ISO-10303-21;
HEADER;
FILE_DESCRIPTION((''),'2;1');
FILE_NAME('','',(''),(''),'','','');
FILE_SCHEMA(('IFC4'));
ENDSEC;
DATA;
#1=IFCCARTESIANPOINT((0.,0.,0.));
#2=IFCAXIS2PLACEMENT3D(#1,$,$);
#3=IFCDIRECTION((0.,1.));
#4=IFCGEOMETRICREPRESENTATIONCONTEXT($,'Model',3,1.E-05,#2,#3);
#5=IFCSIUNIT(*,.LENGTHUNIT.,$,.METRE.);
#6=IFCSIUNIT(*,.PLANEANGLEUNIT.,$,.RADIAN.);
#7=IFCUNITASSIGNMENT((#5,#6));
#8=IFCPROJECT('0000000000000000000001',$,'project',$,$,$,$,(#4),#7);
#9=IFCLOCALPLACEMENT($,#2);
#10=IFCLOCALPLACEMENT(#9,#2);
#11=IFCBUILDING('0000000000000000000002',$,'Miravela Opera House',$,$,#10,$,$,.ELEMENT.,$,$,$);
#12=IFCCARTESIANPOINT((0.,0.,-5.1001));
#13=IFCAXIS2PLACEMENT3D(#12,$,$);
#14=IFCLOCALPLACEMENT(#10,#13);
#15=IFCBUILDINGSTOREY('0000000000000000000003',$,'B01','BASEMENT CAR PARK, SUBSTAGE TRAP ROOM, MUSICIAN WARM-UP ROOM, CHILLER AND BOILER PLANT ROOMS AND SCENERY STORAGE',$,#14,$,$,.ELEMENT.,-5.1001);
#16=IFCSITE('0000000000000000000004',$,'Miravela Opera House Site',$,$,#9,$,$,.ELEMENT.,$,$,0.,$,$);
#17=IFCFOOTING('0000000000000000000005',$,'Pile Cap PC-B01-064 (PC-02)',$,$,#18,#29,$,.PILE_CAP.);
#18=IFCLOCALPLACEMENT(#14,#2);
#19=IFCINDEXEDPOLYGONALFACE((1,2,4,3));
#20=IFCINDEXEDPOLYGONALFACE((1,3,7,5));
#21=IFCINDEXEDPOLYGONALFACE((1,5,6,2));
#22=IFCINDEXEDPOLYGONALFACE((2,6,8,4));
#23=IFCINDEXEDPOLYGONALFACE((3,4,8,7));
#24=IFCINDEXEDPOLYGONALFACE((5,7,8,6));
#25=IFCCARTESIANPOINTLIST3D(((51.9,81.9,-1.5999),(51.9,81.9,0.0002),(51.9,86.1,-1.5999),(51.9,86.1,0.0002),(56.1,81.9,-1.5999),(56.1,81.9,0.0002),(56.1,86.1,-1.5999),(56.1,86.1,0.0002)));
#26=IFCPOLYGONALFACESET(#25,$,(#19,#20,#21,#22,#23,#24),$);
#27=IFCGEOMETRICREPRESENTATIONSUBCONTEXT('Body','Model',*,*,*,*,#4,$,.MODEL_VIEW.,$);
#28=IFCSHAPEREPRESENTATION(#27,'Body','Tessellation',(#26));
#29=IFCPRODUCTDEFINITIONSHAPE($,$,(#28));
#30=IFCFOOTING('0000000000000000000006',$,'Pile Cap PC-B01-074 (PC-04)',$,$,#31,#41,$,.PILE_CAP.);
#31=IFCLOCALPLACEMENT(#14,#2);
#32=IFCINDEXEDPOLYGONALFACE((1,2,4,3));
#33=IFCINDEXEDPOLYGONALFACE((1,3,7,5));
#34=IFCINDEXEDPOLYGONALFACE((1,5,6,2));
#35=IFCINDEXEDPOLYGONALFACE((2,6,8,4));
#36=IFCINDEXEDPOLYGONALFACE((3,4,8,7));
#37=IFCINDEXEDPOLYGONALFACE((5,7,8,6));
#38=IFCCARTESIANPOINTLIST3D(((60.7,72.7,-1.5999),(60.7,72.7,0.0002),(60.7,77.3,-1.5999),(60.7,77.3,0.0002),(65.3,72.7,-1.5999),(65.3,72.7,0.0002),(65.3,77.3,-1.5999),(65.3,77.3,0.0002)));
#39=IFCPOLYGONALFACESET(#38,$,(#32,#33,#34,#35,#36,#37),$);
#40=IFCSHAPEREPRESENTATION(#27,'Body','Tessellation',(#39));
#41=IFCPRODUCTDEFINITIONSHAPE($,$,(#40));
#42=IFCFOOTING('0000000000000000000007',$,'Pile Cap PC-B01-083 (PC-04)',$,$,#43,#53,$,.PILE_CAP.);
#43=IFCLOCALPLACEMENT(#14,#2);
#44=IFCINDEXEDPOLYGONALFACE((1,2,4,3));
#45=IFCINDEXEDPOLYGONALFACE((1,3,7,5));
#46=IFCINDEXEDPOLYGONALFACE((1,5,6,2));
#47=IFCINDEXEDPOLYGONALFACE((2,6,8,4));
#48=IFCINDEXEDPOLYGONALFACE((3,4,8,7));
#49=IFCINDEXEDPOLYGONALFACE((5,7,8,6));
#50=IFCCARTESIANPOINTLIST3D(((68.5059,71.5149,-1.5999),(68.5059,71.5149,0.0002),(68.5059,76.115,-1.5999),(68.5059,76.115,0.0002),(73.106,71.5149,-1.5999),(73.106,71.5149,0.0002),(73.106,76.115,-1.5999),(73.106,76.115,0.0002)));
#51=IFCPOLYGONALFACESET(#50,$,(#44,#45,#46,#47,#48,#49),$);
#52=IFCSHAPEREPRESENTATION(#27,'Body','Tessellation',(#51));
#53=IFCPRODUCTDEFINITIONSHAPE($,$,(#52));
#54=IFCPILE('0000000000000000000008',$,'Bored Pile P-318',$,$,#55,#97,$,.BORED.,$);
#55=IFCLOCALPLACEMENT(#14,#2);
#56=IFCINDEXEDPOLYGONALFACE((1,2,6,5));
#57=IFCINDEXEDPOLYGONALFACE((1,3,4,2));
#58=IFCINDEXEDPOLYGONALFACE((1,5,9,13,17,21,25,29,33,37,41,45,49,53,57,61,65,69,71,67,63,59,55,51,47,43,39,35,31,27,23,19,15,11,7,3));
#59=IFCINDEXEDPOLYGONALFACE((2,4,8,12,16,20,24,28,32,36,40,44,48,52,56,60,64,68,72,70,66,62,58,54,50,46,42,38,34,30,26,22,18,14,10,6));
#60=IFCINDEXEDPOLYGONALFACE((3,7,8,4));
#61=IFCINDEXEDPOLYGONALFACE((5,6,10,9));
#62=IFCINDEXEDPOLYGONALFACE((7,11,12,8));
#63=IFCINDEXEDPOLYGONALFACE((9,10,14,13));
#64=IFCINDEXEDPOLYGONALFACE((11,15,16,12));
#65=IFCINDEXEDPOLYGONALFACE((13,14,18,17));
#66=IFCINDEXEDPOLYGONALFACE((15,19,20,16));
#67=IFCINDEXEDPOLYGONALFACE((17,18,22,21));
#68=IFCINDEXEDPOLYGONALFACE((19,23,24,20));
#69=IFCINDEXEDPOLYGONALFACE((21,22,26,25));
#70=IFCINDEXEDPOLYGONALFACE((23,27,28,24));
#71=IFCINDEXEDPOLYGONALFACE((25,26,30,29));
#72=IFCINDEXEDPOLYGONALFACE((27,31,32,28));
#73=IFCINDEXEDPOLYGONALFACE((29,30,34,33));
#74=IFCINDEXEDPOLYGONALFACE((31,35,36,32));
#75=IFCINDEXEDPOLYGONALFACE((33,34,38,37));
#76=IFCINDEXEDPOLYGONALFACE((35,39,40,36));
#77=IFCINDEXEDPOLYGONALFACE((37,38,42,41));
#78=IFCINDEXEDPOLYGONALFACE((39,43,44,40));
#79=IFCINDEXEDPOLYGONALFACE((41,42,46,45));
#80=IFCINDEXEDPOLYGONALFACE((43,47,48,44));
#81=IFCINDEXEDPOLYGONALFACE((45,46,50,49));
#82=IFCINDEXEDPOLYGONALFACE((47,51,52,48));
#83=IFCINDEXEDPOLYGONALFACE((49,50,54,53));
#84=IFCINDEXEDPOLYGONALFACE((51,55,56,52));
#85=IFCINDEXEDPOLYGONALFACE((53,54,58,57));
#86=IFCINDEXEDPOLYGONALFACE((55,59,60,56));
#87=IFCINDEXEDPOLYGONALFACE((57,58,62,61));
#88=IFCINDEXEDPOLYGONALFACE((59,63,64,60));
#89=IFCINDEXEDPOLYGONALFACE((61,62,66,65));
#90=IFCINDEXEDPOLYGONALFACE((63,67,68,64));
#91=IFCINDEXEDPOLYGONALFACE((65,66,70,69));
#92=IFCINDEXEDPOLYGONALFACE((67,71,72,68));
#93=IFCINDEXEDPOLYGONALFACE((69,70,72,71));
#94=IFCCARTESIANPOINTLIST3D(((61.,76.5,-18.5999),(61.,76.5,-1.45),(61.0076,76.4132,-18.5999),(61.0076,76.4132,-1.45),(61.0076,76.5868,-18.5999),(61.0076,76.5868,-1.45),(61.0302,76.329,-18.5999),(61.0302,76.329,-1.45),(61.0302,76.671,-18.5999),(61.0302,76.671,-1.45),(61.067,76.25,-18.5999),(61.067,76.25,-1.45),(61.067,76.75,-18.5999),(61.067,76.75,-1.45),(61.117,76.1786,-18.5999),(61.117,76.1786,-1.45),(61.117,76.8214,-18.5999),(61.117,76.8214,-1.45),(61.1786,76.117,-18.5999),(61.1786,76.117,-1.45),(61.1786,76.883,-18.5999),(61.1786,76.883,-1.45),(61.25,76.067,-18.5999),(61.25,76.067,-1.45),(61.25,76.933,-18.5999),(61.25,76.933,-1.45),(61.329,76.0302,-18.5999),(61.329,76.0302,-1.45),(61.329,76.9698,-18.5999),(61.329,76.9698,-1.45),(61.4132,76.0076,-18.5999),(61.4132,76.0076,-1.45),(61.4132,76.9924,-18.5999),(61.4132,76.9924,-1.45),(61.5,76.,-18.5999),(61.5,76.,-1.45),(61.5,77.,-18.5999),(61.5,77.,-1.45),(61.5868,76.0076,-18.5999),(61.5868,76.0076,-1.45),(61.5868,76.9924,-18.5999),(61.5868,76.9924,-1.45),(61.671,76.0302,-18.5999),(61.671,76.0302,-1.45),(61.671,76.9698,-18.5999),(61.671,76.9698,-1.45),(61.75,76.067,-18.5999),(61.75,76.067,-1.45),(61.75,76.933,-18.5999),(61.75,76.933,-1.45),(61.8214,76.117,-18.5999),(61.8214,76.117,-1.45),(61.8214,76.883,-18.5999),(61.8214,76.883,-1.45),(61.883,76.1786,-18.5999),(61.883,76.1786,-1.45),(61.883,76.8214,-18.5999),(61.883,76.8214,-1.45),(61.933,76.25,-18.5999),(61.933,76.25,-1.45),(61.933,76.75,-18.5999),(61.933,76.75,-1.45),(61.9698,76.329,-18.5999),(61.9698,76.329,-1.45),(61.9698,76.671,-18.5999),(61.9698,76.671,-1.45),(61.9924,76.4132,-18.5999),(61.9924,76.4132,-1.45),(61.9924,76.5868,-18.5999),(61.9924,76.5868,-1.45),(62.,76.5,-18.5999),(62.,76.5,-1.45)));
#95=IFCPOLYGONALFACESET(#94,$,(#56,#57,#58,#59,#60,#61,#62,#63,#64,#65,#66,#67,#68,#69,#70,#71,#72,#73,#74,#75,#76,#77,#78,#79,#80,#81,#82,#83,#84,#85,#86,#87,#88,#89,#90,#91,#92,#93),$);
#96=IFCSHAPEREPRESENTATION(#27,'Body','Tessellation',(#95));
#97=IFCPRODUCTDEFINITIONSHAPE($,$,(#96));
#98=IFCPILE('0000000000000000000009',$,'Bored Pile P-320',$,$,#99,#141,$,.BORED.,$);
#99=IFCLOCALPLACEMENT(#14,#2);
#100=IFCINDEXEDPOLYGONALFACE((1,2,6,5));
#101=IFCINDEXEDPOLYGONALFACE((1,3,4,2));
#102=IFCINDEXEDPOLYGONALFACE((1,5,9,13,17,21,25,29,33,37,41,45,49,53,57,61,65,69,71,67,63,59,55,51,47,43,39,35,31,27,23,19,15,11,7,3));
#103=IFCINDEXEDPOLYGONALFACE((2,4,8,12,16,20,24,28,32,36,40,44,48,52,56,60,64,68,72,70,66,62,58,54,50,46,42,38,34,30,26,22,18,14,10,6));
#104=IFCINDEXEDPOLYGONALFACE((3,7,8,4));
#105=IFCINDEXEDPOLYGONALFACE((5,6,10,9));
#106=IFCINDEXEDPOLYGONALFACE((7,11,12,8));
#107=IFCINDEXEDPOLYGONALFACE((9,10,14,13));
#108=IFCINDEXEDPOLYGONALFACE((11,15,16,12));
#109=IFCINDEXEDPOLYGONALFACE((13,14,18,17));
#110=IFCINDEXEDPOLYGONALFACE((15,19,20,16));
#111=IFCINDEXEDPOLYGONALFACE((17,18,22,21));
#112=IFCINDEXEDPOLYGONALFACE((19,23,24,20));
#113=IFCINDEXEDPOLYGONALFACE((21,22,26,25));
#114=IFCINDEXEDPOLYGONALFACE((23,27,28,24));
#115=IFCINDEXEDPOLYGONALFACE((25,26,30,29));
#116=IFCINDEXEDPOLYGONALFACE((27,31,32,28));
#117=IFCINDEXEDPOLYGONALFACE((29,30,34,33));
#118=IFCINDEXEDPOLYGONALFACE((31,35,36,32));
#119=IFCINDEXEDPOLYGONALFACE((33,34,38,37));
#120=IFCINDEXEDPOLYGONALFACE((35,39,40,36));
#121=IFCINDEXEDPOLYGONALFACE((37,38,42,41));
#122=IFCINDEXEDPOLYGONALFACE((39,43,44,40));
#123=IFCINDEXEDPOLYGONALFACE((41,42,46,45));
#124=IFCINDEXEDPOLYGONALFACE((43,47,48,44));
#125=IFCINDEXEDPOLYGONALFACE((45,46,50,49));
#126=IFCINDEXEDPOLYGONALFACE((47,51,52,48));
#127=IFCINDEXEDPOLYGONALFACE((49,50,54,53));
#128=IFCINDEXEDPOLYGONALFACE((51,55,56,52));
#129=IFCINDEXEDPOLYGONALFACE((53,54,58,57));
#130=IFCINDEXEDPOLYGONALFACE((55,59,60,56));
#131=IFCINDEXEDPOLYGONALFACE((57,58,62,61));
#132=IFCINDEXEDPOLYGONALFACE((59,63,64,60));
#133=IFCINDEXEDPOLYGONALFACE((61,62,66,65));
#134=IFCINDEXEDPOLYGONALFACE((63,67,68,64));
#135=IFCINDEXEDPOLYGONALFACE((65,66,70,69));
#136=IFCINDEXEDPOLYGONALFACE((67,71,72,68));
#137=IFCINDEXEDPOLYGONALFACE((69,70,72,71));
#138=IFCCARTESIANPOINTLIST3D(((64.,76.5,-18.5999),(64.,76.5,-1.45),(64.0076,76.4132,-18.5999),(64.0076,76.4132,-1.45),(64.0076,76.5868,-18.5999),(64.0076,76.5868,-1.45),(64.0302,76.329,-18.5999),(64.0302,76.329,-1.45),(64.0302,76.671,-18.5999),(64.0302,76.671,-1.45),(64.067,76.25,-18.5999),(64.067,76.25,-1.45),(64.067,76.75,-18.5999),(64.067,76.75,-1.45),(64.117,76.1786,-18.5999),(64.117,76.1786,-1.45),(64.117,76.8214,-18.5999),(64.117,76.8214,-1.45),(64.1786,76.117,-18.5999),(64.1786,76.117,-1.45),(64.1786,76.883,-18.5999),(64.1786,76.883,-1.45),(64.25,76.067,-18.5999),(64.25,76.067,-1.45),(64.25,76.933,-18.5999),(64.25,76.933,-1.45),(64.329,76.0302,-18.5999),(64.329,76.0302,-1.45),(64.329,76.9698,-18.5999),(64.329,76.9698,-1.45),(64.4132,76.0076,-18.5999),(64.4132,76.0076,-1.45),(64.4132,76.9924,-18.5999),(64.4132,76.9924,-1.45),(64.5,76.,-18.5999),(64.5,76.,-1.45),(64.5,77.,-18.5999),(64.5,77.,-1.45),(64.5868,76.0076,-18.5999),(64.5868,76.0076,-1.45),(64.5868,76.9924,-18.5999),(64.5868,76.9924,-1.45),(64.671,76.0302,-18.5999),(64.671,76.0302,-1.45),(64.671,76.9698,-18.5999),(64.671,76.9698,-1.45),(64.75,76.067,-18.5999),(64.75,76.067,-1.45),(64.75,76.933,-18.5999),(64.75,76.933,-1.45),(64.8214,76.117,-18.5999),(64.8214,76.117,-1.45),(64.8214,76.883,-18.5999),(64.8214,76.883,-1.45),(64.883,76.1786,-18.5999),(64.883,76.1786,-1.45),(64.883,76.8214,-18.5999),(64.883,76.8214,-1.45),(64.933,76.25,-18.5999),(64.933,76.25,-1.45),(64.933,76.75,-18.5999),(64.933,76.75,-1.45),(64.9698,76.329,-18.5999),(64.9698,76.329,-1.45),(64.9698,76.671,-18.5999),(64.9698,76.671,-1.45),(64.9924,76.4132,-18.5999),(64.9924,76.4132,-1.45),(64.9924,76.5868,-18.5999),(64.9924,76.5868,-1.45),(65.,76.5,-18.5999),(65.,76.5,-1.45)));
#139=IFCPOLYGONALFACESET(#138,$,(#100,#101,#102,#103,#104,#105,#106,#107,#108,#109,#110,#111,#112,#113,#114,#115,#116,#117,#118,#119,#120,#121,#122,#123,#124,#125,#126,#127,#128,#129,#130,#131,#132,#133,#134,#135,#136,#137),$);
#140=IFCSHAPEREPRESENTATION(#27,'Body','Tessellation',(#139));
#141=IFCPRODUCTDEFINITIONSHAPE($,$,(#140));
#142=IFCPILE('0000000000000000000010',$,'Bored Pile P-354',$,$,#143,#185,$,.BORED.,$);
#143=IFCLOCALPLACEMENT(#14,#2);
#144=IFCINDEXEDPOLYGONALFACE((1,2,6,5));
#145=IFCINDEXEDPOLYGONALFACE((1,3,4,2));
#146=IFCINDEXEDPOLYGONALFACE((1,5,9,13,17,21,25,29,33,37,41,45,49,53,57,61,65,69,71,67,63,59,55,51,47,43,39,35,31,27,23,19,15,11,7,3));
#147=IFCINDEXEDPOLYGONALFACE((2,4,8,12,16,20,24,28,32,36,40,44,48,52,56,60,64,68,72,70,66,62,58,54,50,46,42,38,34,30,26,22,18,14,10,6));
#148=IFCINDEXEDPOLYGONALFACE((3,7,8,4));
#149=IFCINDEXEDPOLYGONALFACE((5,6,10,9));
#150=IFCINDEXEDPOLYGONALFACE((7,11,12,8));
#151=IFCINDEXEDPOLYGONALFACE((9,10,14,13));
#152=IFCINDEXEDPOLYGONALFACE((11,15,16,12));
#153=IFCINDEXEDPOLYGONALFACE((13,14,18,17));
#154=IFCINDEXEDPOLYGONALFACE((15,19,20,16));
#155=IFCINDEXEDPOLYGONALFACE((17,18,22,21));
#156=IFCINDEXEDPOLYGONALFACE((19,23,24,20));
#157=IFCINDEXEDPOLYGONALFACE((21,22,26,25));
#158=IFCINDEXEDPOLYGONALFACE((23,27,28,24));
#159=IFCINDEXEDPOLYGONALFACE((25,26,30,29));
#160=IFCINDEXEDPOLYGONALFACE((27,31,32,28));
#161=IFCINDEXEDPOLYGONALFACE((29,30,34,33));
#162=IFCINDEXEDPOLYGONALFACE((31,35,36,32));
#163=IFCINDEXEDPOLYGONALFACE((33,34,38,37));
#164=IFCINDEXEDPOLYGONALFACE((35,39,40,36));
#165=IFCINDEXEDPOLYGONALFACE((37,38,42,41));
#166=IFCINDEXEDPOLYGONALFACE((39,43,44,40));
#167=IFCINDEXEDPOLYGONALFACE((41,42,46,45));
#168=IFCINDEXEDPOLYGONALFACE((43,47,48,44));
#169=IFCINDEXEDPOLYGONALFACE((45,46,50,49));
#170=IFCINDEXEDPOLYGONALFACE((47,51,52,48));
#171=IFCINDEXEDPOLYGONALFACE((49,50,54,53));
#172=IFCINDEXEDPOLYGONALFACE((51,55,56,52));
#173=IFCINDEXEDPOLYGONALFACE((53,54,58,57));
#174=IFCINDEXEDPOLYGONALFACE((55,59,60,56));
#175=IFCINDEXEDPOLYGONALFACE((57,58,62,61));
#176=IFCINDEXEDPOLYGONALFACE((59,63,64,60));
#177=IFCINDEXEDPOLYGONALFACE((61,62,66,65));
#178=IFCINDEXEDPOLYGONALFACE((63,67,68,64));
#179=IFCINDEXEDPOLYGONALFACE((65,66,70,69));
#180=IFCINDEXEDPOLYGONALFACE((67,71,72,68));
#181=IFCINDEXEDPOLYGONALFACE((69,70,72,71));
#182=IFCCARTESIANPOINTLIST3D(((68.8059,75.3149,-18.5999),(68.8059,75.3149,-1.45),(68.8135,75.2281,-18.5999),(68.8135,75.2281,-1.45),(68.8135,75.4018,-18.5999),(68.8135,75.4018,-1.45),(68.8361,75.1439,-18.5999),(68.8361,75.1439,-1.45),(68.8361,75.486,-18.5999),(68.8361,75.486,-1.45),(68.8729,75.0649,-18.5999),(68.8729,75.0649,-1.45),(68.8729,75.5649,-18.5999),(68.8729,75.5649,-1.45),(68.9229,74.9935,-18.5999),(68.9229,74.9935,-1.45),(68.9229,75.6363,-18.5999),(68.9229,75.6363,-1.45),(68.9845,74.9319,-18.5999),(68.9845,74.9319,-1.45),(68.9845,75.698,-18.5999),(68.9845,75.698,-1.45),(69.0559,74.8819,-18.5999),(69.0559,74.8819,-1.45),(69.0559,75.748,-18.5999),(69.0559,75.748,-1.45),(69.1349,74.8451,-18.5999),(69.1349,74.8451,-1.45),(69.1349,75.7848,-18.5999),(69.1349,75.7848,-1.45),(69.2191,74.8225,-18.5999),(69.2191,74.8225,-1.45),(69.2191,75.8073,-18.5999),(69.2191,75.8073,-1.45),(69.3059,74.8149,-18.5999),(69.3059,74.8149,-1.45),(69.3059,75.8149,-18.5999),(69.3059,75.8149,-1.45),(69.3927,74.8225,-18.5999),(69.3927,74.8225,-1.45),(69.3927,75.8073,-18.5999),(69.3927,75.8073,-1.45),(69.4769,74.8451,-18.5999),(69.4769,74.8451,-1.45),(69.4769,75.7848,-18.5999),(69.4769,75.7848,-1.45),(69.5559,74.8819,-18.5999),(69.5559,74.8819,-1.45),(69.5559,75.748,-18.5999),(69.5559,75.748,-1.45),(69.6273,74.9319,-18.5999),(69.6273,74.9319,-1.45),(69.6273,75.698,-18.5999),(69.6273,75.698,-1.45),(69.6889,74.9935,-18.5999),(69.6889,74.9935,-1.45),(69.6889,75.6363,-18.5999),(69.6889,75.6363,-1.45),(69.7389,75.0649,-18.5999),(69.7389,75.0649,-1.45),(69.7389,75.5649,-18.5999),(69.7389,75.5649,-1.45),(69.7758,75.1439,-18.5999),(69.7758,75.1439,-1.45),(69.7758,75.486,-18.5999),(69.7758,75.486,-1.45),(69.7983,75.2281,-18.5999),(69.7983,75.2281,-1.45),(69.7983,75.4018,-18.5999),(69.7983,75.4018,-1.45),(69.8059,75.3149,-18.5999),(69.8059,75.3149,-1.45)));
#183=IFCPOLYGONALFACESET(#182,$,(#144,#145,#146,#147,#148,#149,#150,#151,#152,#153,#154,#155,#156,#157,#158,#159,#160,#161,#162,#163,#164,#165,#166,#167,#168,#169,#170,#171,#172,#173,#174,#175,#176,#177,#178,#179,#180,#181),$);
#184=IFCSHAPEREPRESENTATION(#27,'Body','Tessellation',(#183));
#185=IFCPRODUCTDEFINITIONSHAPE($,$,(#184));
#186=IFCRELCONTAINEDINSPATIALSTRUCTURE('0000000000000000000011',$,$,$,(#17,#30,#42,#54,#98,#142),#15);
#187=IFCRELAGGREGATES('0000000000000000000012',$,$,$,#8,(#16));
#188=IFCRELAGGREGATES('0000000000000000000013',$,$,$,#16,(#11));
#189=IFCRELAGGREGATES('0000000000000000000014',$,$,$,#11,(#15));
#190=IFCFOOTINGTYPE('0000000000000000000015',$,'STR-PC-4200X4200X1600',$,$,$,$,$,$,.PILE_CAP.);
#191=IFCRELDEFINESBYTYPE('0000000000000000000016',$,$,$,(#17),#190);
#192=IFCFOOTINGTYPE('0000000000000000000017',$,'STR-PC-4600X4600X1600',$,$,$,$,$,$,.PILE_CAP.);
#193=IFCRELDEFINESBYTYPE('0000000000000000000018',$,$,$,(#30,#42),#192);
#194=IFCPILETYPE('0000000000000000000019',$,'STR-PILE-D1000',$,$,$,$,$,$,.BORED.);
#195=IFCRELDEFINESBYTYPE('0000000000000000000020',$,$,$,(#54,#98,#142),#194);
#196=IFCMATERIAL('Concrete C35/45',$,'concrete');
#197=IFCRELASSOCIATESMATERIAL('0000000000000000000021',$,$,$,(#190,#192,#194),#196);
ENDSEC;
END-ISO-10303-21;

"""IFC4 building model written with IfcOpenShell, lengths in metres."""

from ifc_helpers import new_model, si_unit, direction, frame, origin, origin_2d, place, context, subcontext, project, spatial, rectangle, circle, extrude, material, material_profile, profile_set, type_object, element, save


model = new_model("IFC4")

# Units and contexts
model_context = context("Model", 3, precision=1e-05, world=origin(), true_north=direction((0.0, 1.0)))
body_context = subcontext(model_context, "Body", "Model", "MODEL_VIEW")
ifc_project = project(units=[si_unit("LENGTHUNIT", "METRE"), si_unit("PLANEANGLEUNIT", "RADIAN")], contexts=[model_context])

# Site, building, storey
site_placement = place(None, origin())
site = spatial("IfcSite", under=ifc_project, at=site_placement, Name="Miravela Opera House Site", CompositionType="ELEMENT", RefElevation=0.0)
building_placement = place(site_placement, origin())
building = spatial("IfcBuilding", under=site, at=building_placement, Name="Miravela Opera House", CompositionType="ELEMENT")
storey_placement = place(building_placement, frame((0.0, 0.0, -5.1001)))
storey = spatial("IfcBuildingStorey", under=building, at=storey_placement, Name="B01", Description="BASEMENT CAR PARK, SUBSTAGE TRAP ROOM, MUSICIAN WARM-UP ROOM, CHILLER AND BOILER PLANT ROOMS AND SCENERY STORAGE", CompositionType="ELEMENT", Elevation=-5.1001)

# Footings
ifc_material_1 = material(Name="Concrete C35/45", Category="concrete")
footing_type_1 = type_object("IfcFootingType", Name="STR-PC-4200X4200X1600", PredefinedType="PILE_CAP", material=ifc_material_1)
footing_placement = place(storey_placement, frame((54.0, 84.0, -1.5999), z_axis=(0.0, 0.0, 1.0), x_axis=(1.0, 0.0, 0.0)))
element("IfcFooting", 1, at=footing_placement, inside=storey, type_object=footing_type_1, Name="Pile Cap PC-B01-064 (PC-02)", PredefinedType="PILE_CAP", context=body_context, shape_type="SweptSolid", body=[
    extrude(rectangle(XDim=4.2, YDim=4.2, at=origin_2d()), origin(), (0.0, 0.0, 1.0), 1.6001),
])
footing_type_2 = type_object("IfcFootingType", Name="STR-PC-4600X4600X1600", PredefinedType="PILE_CAP", material=ifc_material_1)
for number, where, z_axis, x_axis, name in (
    (2, (63.0, 75.0, -1.5999), (0.0, 0.0, 1.0), (1.0, 0.0, 0.0), "Pile Cap PC-B01-074 (PC-04)"),
    (3, (70.8059, 73.8149, -1.5999), (0.0, 0.0, 1.0), (1.0, 0.0, 0.0), "Pile Cap PC-B01-083 (PC-04)"),
):
    element("IfcFooting", number, at=place(storey_placement, frame(where, z_axis=z_axis, x_axis=x_axis)), inside=storey, type_object=footing_type_2, Name=name, PredefinedType="PILE_CAP", context=body_context, shape_type="SweptSolid", body=[
        extrude(rectangle(XDim=4.6001, YDim=4.6001, at=origin_2d()), origin(), (0.0, 0.0, 1.0), 1.6001),
    ])

# Piles
ifc_material_profile_1 = material_profile(ifc_material_1, circle(Radius=0.5, at=origin_2d()), Name="PILE-D1000")
ifc_profile_set_1 = profile_set([ifc_material_profile_1])
pile_type_1 = type_object("IfcPileType", Name="STR-PILE-D1000", PredefinedType="BORED", material=ifc_profile_set_1)
for number, where, z_axis, x_axis, name in (
    (4, (61.5, 76.5, -1.45), (0.0, 0.0, -1.0), (1.0, 0.0, 0.0), "Bored Pile P-318"),
    (5, (64.5, 76.5, -1.45), (0.0, 0.0, -1.0), (1.0, 0.0, 0.0), "Bored Pile P-320"),
    (6, (69.3059, 75.3149, -1.45), (0.0, 0.0, -1.0), (1.0, 0.0, 0.0), "Bored Pile P-354"),
):
    element("IfcPile", number, at=place(storey_placement, frame(where, z_axis=z_axis, x_axis=x_axis)), inside=storey, type_object=pile_type_1, Name=name, PredefinedType="BORED", context=body_context, shape_type="SweptSolid", body=[
        extrude(circle(Radius=0.5, at=origin_2d()), origin(), (0.0, 0.0, 1.0), 17.1499),
    ])

save(model, "model.ifc")
